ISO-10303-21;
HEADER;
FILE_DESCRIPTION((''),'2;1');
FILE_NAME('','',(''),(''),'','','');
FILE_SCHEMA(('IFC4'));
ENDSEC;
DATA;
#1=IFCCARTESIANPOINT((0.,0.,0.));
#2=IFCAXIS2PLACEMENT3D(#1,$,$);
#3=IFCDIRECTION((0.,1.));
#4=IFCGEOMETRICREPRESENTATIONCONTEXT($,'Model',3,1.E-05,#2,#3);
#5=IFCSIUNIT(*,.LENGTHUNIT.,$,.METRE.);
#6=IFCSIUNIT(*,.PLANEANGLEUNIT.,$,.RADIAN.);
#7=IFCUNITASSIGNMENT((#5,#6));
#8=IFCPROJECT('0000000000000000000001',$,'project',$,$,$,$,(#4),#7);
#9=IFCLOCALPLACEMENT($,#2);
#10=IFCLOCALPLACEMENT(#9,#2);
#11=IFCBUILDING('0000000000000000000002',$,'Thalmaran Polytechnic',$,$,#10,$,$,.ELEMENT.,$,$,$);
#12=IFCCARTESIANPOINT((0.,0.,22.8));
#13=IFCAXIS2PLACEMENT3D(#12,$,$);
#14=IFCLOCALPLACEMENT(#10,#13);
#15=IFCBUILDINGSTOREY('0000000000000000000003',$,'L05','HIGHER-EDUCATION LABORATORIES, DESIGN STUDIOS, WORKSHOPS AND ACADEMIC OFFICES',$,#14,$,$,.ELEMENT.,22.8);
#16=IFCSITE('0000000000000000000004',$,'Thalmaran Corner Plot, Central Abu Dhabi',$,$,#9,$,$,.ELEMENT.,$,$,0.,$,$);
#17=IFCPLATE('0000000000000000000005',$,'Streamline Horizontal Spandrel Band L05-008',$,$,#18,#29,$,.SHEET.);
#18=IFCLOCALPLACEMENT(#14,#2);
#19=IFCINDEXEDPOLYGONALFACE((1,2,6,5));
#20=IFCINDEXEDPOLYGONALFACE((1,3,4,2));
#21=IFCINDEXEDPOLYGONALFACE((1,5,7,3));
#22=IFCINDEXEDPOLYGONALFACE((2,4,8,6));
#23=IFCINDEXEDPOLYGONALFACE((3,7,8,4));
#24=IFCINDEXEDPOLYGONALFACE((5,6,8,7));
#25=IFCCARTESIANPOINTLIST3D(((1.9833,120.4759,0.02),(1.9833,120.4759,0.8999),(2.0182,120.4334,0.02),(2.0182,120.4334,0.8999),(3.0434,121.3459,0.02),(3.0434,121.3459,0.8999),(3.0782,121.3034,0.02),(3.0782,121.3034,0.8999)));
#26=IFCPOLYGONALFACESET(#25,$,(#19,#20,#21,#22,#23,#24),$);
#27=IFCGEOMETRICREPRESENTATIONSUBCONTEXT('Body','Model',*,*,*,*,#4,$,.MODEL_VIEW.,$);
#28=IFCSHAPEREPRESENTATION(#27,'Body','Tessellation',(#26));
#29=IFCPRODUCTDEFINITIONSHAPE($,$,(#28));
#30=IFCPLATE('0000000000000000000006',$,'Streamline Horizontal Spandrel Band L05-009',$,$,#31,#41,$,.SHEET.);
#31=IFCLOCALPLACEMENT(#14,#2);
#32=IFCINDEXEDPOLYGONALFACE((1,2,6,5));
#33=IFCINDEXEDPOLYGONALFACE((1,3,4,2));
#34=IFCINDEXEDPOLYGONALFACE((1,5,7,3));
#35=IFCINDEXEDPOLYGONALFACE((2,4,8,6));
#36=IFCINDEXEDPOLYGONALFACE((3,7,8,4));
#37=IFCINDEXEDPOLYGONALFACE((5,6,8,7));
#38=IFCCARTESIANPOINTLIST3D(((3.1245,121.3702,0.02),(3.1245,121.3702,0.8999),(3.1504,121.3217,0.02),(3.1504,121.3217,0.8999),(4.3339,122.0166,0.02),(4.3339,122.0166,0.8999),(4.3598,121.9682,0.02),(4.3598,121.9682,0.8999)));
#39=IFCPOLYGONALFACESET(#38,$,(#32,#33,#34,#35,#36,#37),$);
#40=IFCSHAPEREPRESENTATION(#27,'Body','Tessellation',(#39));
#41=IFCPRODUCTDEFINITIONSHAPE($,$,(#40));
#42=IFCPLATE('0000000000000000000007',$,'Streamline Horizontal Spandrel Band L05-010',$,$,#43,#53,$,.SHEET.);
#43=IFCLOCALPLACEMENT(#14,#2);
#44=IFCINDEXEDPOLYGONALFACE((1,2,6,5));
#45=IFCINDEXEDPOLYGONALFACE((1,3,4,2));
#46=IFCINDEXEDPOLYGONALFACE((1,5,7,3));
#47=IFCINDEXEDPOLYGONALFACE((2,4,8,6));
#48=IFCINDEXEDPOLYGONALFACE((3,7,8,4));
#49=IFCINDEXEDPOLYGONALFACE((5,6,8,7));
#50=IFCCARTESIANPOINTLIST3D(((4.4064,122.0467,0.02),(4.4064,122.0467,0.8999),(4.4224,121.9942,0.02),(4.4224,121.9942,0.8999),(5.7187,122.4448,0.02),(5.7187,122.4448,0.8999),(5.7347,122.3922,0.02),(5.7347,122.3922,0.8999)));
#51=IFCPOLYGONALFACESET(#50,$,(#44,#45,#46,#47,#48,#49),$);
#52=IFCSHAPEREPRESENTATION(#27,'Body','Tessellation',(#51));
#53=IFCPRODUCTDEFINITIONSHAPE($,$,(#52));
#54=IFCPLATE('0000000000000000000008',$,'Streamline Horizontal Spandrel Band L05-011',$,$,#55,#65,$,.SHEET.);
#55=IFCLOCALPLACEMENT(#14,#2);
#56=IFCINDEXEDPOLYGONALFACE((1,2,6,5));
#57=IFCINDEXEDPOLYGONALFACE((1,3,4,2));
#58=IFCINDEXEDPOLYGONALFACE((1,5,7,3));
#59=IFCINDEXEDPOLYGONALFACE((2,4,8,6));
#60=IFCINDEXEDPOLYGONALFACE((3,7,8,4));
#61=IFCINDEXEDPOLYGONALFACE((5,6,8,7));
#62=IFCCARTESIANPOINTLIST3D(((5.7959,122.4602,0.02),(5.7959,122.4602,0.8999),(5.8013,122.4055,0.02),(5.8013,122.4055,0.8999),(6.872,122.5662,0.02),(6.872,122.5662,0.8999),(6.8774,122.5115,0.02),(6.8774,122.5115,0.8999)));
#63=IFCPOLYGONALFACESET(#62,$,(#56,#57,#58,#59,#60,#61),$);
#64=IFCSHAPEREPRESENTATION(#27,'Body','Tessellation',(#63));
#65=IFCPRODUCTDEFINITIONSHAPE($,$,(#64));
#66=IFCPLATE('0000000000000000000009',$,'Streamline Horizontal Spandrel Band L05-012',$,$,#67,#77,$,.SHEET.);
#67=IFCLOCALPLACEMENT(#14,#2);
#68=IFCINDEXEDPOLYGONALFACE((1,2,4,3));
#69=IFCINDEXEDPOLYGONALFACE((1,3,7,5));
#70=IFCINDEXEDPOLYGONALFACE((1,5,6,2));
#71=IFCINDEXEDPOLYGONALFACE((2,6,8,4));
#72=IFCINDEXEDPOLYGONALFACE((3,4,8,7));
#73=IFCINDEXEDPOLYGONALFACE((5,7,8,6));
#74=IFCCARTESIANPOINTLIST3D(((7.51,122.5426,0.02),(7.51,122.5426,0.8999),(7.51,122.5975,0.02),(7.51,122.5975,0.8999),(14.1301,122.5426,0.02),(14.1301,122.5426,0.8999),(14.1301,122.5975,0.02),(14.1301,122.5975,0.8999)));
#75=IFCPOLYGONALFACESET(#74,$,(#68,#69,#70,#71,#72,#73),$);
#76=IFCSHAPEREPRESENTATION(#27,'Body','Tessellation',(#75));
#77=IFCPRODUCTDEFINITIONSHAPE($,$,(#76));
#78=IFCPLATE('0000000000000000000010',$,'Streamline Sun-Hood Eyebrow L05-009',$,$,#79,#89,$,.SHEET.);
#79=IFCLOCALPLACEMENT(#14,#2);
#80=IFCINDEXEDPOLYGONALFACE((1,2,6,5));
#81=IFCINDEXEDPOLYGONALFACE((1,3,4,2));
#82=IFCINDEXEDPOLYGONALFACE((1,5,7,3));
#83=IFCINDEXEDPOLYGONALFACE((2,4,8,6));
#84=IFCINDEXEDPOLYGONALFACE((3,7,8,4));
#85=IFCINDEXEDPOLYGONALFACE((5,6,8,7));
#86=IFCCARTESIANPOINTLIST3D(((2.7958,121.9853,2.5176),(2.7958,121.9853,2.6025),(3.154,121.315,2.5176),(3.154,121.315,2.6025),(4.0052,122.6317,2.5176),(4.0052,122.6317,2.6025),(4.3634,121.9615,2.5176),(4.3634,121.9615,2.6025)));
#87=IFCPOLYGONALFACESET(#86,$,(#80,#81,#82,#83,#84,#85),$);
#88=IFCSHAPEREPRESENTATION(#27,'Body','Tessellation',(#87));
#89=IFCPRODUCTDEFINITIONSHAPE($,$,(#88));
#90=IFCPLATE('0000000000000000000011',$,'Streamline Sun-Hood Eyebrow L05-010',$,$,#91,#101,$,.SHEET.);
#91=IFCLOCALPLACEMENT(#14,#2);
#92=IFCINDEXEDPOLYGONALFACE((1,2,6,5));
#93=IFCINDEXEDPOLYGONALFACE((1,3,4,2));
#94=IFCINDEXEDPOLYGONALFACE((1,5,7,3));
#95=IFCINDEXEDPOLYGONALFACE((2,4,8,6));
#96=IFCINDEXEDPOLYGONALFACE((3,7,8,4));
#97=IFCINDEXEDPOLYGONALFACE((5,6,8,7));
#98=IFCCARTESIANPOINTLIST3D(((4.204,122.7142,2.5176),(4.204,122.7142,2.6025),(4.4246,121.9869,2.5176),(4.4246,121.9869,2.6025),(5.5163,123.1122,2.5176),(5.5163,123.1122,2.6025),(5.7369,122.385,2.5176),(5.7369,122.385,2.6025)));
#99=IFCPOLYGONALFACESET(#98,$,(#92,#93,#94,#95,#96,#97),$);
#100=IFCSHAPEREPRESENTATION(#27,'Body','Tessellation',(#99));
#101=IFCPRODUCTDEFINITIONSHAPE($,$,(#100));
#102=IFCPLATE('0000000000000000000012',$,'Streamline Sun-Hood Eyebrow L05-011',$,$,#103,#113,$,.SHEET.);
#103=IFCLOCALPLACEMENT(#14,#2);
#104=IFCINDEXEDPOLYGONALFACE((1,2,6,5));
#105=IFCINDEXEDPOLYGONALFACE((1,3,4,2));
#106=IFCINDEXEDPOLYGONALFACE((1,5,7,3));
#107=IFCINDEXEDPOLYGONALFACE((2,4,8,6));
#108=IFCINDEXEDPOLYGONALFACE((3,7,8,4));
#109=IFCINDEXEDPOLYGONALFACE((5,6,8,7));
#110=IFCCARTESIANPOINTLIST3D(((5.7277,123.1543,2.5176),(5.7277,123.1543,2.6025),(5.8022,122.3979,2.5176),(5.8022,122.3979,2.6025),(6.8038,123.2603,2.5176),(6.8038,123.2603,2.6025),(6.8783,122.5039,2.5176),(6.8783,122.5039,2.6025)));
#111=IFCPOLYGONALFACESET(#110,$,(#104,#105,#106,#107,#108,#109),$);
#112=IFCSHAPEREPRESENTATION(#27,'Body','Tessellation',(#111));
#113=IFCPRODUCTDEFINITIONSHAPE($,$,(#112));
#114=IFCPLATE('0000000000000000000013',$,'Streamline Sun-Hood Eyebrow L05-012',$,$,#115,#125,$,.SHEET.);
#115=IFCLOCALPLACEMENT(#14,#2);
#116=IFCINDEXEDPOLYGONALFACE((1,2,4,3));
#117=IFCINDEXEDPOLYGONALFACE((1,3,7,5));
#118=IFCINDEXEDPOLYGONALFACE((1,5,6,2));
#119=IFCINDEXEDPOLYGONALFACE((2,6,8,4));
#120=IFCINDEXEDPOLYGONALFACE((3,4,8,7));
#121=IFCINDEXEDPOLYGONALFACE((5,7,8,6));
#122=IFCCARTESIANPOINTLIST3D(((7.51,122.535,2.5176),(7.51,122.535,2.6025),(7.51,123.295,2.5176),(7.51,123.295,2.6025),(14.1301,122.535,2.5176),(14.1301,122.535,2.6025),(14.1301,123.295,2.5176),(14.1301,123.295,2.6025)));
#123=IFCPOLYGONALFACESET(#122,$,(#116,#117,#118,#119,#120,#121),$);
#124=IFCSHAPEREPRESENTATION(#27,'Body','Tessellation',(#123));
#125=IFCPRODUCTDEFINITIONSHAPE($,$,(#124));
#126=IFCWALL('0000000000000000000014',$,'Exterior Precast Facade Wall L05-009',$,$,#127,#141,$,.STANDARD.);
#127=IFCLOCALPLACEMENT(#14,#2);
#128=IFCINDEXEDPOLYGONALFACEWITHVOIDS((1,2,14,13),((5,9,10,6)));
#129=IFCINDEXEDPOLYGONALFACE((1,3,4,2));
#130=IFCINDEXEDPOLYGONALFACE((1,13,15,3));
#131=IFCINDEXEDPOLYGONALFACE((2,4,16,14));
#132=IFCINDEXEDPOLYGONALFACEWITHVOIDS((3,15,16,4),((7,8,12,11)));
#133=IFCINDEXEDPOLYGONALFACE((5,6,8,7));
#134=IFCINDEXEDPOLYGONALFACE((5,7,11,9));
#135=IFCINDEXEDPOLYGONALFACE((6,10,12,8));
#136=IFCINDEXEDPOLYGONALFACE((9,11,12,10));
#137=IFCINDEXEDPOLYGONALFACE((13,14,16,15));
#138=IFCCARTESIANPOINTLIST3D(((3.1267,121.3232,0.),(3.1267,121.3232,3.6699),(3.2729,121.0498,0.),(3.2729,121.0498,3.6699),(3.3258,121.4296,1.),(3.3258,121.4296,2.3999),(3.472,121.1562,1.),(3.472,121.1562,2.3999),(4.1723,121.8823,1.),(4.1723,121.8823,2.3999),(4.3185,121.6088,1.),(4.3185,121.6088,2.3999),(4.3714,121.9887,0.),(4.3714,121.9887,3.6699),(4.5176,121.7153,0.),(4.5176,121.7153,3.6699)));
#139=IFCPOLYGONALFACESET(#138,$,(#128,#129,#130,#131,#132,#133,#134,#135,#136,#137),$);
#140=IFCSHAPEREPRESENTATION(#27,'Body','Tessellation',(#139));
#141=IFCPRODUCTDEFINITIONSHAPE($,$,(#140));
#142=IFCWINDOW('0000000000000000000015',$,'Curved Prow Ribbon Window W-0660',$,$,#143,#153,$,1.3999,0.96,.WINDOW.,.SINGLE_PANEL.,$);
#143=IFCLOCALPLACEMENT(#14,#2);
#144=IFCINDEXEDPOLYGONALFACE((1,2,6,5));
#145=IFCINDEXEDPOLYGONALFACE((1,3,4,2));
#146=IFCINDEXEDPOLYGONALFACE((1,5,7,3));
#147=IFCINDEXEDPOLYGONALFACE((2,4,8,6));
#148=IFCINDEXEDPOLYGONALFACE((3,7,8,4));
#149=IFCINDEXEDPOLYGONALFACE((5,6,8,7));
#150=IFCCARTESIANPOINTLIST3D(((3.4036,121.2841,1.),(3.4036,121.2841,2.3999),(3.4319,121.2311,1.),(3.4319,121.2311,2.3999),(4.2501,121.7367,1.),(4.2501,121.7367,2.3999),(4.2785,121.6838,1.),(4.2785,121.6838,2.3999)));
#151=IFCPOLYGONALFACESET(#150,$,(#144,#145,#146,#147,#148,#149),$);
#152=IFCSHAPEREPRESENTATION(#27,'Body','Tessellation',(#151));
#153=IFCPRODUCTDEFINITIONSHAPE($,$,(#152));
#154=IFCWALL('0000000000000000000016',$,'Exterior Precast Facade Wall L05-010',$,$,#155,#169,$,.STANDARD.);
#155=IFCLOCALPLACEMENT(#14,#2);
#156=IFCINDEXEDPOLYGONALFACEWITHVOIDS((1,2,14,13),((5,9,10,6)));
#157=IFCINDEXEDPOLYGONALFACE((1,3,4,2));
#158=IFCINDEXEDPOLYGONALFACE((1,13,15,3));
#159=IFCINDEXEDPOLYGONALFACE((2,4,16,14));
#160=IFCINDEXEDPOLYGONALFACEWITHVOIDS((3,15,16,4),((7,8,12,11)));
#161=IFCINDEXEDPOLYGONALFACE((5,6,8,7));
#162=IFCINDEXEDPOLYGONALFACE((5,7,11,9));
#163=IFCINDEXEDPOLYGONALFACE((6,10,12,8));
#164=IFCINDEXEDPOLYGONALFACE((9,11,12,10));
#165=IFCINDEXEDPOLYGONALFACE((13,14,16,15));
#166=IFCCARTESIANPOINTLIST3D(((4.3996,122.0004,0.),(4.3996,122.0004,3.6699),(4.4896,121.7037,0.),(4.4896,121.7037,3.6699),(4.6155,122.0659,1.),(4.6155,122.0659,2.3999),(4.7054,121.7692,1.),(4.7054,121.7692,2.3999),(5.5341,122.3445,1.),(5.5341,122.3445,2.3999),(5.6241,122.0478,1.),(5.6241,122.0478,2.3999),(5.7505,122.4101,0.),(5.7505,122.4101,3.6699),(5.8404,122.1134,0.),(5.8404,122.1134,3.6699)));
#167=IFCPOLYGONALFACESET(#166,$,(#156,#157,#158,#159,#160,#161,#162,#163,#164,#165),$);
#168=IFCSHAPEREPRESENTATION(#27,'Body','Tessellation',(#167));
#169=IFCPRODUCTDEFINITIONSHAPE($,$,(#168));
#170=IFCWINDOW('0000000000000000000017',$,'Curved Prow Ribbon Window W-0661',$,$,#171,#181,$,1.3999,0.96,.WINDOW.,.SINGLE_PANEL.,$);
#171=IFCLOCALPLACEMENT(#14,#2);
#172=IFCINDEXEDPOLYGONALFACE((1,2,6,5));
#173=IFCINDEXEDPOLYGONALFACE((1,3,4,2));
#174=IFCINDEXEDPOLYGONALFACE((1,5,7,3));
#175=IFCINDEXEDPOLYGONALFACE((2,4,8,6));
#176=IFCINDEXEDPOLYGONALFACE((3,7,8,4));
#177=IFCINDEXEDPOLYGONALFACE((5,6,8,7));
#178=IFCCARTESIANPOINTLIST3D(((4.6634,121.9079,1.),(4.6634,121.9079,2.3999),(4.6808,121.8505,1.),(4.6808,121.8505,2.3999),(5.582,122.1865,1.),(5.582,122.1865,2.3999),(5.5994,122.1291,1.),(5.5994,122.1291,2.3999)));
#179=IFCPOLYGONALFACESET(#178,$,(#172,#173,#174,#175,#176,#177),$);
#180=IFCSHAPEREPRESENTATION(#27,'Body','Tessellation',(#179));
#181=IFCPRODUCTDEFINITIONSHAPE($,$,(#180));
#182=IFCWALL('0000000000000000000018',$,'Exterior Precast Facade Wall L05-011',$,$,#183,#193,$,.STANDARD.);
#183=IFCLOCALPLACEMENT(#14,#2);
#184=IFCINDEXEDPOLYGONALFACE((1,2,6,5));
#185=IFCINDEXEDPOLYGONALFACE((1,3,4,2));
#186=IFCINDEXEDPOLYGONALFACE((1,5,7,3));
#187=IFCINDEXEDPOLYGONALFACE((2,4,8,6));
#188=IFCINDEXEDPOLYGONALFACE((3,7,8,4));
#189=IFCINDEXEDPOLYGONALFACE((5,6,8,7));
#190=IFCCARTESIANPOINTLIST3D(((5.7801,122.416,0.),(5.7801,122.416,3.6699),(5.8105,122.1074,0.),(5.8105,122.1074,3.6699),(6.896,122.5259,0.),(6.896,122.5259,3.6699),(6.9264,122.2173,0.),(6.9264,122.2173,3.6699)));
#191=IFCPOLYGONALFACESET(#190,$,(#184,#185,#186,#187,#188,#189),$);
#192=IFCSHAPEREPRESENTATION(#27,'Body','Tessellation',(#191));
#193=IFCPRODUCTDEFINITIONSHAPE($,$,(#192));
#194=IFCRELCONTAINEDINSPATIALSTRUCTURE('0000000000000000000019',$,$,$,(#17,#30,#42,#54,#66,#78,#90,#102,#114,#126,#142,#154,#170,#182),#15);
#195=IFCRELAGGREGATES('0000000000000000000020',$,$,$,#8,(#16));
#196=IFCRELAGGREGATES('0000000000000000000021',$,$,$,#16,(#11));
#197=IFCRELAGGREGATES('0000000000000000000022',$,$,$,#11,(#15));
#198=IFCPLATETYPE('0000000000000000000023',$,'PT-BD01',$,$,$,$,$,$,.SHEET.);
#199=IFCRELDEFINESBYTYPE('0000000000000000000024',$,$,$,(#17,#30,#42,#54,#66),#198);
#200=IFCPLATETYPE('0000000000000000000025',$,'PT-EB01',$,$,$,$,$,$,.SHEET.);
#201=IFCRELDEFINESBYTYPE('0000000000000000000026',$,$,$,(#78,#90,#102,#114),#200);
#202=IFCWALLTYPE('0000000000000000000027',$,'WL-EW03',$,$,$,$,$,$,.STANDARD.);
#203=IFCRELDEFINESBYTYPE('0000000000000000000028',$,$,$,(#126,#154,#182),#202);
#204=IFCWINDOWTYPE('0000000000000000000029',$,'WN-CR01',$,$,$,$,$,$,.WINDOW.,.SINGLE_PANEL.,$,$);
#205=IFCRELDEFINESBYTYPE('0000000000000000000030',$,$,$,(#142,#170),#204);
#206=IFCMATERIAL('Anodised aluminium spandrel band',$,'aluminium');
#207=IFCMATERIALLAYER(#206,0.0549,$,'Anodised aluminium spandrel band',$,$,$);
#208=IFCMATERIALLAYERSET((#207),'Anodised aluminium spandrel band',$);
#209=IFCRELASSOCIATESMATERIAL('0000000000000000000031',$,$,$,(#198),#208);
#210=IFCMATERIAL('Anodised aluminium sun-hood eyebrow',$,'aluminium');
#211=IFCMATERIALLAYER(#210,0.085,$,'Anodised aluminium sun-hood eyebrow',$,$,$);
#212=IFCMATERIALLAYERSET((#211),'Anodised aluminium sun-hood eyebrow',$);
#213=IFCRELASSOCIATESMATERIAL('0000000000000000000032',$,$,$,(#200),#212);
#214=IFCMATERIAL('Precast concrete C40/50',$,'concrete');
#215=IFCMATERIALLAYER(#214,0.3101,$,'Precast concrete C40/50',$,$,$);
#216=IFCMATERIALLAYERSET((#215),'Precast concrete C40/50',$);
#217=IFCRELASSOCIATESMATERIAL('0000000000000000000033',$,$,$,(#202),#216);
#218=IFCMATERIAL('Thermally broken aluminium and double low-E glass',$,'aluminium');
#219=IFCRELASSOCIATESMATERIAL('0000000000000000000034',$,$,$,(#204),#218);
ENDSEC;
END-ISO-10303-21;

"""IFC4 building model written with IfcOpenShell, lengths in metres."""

from ifc_helpers import new_model, si_unit, direction, frame, frame_2d, origin, origin_2d, place, context, subcontext, project, spatial, rectangle, extrude, material, layer, layer_set, type_object, element, fill, save


model = new_model("IFC4")

# Units and contexts
model_context = context("Model", 3, precision=1e-05, world=origin(), true_north=direction((0.0, 1.0)))
body_context = subcontext(model_context, "Body", "Model", "MODEL_VIEW")
ifc_project = project(units=[si_unit("LENGTHUNIT", "METRE"), si_unit("PLANEANGLEUNIT", "RADIAN")], contexts=[model_context])

# Site, building, storey
site_placement = place(None, origin())
site = spatial("IfcSite", under=ifc_project, at=site_placement, Name="Thalmaran Corner Plot, Central Abu Dhabi", CompositionType="ELEMENT", RefElevation=0.0)
building_placement = place(site_placement, origin())
building = spatial("IfcBuilding", under=site, at=building_placement, Name="Thalmaran Polytechnic", CompositionType="ELEMENT")
storey_placement = place(building_placement, frame((0.0, 0.0, 22.8)))
storey = spatial("IfcBuildingStorey", under=building, at=storey_placement, Name="L05", Description="HIGHER-EDUCATION LABORATORIES, DESIGN STUDIOS, WORKSHOPS AND ACADEMIC OFFICES", CompositionType="ELEMENT", Elevation=22.8)

# Plates
ifc_material_1 = material(Name="Anodised aluminium spandrel band", Category="aluminium")
ifc_layer_1 = layer(ifc_material_1, 0.0549, Name="Anodised aluminium spandrel band")
ifc_layer_set_1 = layer_set([ifc_layer_1], Name="Anodised aluminium spandrel band")
plate_type_1 = type_object("IfcPlateType", Name="PT-BD01", PredefinedType="SHEET", material=ifc_layer_set_1)
for number, where, z_axis, x_axis, name in (
    (1, (2.5308, 120.8896, 0.02), (0.0, 0.0, 1.0), (0.77301, 0.634393, 0.0), "Streamline Horizontal Spandrel Band L05-008"),
    (2, (3.7422, 121.6692, 0.02), (0.0, 0.0, 1.0), (0.881921, 0.471397, 0.0), "Streamline Horizontal Spandrel Band L05-009"),
    (3, (5.0706, 122.2195, 0.02), (0.0, 0.0, 1.0), (0.95694, 0.290285, 0.0), "Streamline Horizontal Spandrel Band L05-010"),
):
    element("IfcPlate", number, at=place(storey_placement, frame(where, z_axis=z_axis, x_axis=x_axis)), inside=storey, type_object=plate_type_1, Name=name, PredefinedType="SHEET", context=body_context, shape_type="SweptSolid", body=[
        extrude(rectangle(XDim=1.3713, YDim=0.0549, at=origin_2d()), origin(), (0.0, 0.0, 1.0), 0.8799),
    ])
plate_1_placement = place(storey_placement, frame((6.3367, 122.4858, 0.02), z_axis=(0.0, 0.0, 1.0), x_axis=(0.995185, 0.098017, 0.0)))
element("IfcPlate", 4, at=plate_1_placement, inside=storey, type_object=plate_type_1, Name="Streamline Horizontal Spandrel Band L05-011", PredefinedType="SHEET", context=body_context, shape_type="SweptSolid", body=[
    extrude(rectangle(XDim=1.0813, YDim=0.0549, at=origin_2d()), origin(), (0.0, 0.0, 1.0), 0.8799),
])
plate_2_placement = place(storey_placement, frame((10.8201, 122.5701, 0.02), z_axis=(0.0, 0.0, 1.0), x_axis=(1.0, 0.0, 0.0)))
element("IfcPlate", 5, at=plate_2_placement, inside=storey, type_object=plate_type_1, Name="Streamline Horizontal Spandrel Band L05-012", PredefinedType="SHEET", context=body_context, shape_type="SweptSolid", body=[
    extrude(rectangle(XDim=6.6201, YDim=0.0549, at=origin_2d()), origin(), (0.0, 0.0, 1.0), 0.8799),
])
ifc_material_2 = material(Name="Anodised aluminium sun-hood eyebrow", Category="aluminium")
ifc_layer_2 = layer(ifc_material_2, 0.085, Name="Anodised aluminium sun-hood eyebrow")
ifc_layer_set_2 = layer_set([ifc_layer_2], Name="Anodised aluminium sun-hood eyebrow")
plate_type_2 = type_object("IfcPlateType", Name="PT-EB01", PredefinedType="SHEET", material=ifc_layer_set_2)
for number, where, z_axis, x_axis, name in (
    (6, (3.5796, 121.9734, 2.5176), (0.0, 0.0, 1.0), (0.881921, 0.471397, 0.0), "Streamline Sun-Hood Eyebrow L05-009"),
    (7, (4.9705, 122.5496, 2.5176), (0.0, 0.0, 1.0), (0.95694, 0.290285, 0.0), "Streamline Sun-Hood Eyebrow L05-010"),
):
    element("IfcPlate", number, at=place(storey_placement, frame(where, z_axis=z_axis, x_axis=x_axis)), inside=storey, type_object=plate_type_2, Name=name, PredefinedType="SHEET", context=body_context, shape_type="SweptSolid", body=[
        extrude(rectangle(XDim=1.3713, YDim=0.76, at=origin_2d()), origin(), (0.0, 0.0, 1.0), 0.085),
    ])
plate_3_placement = place(storey_placement, frame((6.303, 122.8291, 2.5176), z_axis=(0.0, 0.0, 1.0), x_axis=(0.995185, 0.098017, 0.0)))
element("IfcPlate", 8, at=plate_3_placement, inside=storey, type_object=plate_type_2, Name="Streamline Sun-Hood Eyebrow L05-011", PredefinedType="SHEET", context=body_context, shape_type="SweptSolid", body=[
    extrude(rectangle(XDim=1.0813, YDim=0.76, at=origin_2d()), origin(), (0.0, 0.0, 1.0), 0.085),
])
plate_4_placement = place(storey_placement, frame((10.8201, 122.915, 2.5176), z_axis=(0.0, 0.0, 1.0), x_axis=(1.0, 0.0, 0.0)))
element("IfcPlate", 9, at=plate_4_placement, inside=storey, type_object=plate_type_2, Name="Streamline Sun-Hood Eyebrow L05-012", PredefinedType="SHEET", context=body_context, shape_type="SweptSolid", body=[
    extrude(rectangle(XDim=6.6201, YDim=0.76, at=origin_2d()), origin(), (0.0, 0.0, 1.0), 0.085),
])

# Walls, openings, windows
ifc_material_3 = material(Name="Precast concrete C40/50", Category="concrete")
ifc_layer_3 = layer(ifc_material_3, 0.3101, Name="Precast concrete C40/50")
ifc_layer_set_3 = layer_set([ifc_layer_3], Name="Precast concrete C40/50")
wall_type_1 = type_object("IfcWallType", Name="WL-EW03", PredefinedType="STANDARD", material=ifc_layer_set_3)
wall_1_placement = place(storey_placement, frame((3.2, 121.1865, 0.0), z_axis=(0.0, 0.0, 1.0), x_axis=(0.881845, 0.47154, 0.0)))
wall_1 = element("IfcWall", 10, at=wall_1_placement, inside=storey, type_object=wall_type_1, Name="Exterior Precast Facade Wall L05-009", PredefinedType="STANDARD", context=body_context, shape_type="SweptSolid", body=[
    extrude(rectangle(XDim=1.4114, YDim=0.3101, at=frame_2d((0.7056, 0.0))), origin(), (0.0, 0.0, 1.0), 3.6699),
])
opening_1_placement = place(wall_1_placement, frame((0.2256, 0.0, 1.0)))
opening_1 = element("IfcOpeningElement", 11, at=opening_1_placement, cuts=wall_1, PredefinedType="OPENING", context=body_context, shape_type="SweptSolid", body=[
    extrude(rectangle(XDim=0.96, YDim=1.3999, at=frame_2d((0.48, 0.7))), frame((0.0, 0.165, 0.0), z_axis=(0.0, -1.0, 0.0), x_axis=(1.0, 0.0, 0.0)), (0.0, 0.0, 1.0), 0.3301),
])
ifc_material_4 = material(Name="Thermally broken aluminium and double low-E glass", Category="aluminium")
window_type_1 = type_object("IfcWindowType", Name="WN-CR01", PartitioningType="SINGLE_PANEL", PredefinedType="WINDOW", material=ifc_material_4)
window_1_placement = place(opening_1_placement, origin())
window_1 = element("IfcWindow", 12, at=window_1_placement, inside=storey, type_object=window_type_1, Name="Curved Prow Ribbon Window W-0660", OverallHeight=1.3999, OverallWidth=0.96, PartitioningType="SINGLE_PANEL", PredefinedType="WINDOW", context=body_context, shape_type="SweptSolid", body=[
    extrude(rectangle(XDim=0.96, YDim=1.3999, at=frame_2d((0.48, 0.7))), frame((0.0, -0.01, 0.0), z_axis=(0.0, -1.0, 0.0), x_axis=(1.0, 0.0, 0.0)), (0.0, 0.0, 1.0), 0.0601),
])
fill(opening_1, window_1)
wall_2_placement = place(storey_placement, frame((4.4446, 121.8521, 0.0), z_axis=(0.0, 0.0, 1.0), x_axis=(0.95696, 0.290219, 0.0)))
wall_2 = element("IfcWall", 13, at=wall_2_placement, inside=storey, type_object=wall_type_1, Name="Exterior Precast Facade Wall L05-010", PredefinedType="STANDARD", context=body_context, shape_type="SweptSolid", body=[
    extrude(rectangle(XDim=1.4116, YDim=0.3101, at=frame_2d((0.7058, 0.0))), origin(), (0.0, 0.0, 1.0), 3.6699),
])
opening_2_placement = place(wall_2_placement, frame((0.2256, 0.0, 1.0)))
opening_2 = element("IfcOpeningElement", 14, at=opening_2_placement, cuts=wall_2, PredefinedType="OPENING", context=body_context, shape_type="SweptSolid", body=[
    extrude(rectangle(XDim=0.96, YDim=1.3999, at=frame_2d((0.48, 0.7))), frame((0.0, 0.165, 0.0), z_axis=(0.0, -1.0, 0.0), x_axis=(1.0, 0.0, 0.0)), (0.0, 0.0, 1.0), 0.3301),
])
window_2_placement = place(opening_2_placement, origin())
window_2 = element("IfcWindow", 15, at=window_2_placement, inside=storey, type_object=window_type_1, Name="Curved Prow Ribbon Window W-0661", OverallHeight=1.3999, OverallWidth=0.96, PartitioningType="SINGLE_PANEL", PredefinedType="WINDOW", context=body_context, shape_type="SweptSolid", body=[
    extrude(rectangle(XDim=0.96, YDim=1.3999, at=frame_2d((0.48, 0.7))), frame((0.0, -0.01, 0.0), z_axis=(0.0, -1.0, 0.0), x_axis=(1.0, 0.0, 0.0)), (0.0, 0.0, 1.0), 0.0601),
])
fill(opening_2, window_2)

# Wall
wall_3_placement = place(storey_placement, frame((5.7954, 122.2617, 0.0), z_axis=(0.0, 0.0, 1.0), x_axis=(0.995189, 0.097973, 0.0)))
element("IfcWall", 16, at=wall_3_placement, inside=storey, type_object=wall_type_1, Name="Exterior Precast Facade Wall L05-011", PredefinedType="STANDARD", context=body_context, shape_type="SweptSolid", body=[
    extrude(rectangle(XDim=1.1213, YDim=0.3101, at=frame_2d((0.5605, 0.0))), origin(), (0.0, 0.0, 1.0), 3.6699),
])

save(model, "model.ifc")
